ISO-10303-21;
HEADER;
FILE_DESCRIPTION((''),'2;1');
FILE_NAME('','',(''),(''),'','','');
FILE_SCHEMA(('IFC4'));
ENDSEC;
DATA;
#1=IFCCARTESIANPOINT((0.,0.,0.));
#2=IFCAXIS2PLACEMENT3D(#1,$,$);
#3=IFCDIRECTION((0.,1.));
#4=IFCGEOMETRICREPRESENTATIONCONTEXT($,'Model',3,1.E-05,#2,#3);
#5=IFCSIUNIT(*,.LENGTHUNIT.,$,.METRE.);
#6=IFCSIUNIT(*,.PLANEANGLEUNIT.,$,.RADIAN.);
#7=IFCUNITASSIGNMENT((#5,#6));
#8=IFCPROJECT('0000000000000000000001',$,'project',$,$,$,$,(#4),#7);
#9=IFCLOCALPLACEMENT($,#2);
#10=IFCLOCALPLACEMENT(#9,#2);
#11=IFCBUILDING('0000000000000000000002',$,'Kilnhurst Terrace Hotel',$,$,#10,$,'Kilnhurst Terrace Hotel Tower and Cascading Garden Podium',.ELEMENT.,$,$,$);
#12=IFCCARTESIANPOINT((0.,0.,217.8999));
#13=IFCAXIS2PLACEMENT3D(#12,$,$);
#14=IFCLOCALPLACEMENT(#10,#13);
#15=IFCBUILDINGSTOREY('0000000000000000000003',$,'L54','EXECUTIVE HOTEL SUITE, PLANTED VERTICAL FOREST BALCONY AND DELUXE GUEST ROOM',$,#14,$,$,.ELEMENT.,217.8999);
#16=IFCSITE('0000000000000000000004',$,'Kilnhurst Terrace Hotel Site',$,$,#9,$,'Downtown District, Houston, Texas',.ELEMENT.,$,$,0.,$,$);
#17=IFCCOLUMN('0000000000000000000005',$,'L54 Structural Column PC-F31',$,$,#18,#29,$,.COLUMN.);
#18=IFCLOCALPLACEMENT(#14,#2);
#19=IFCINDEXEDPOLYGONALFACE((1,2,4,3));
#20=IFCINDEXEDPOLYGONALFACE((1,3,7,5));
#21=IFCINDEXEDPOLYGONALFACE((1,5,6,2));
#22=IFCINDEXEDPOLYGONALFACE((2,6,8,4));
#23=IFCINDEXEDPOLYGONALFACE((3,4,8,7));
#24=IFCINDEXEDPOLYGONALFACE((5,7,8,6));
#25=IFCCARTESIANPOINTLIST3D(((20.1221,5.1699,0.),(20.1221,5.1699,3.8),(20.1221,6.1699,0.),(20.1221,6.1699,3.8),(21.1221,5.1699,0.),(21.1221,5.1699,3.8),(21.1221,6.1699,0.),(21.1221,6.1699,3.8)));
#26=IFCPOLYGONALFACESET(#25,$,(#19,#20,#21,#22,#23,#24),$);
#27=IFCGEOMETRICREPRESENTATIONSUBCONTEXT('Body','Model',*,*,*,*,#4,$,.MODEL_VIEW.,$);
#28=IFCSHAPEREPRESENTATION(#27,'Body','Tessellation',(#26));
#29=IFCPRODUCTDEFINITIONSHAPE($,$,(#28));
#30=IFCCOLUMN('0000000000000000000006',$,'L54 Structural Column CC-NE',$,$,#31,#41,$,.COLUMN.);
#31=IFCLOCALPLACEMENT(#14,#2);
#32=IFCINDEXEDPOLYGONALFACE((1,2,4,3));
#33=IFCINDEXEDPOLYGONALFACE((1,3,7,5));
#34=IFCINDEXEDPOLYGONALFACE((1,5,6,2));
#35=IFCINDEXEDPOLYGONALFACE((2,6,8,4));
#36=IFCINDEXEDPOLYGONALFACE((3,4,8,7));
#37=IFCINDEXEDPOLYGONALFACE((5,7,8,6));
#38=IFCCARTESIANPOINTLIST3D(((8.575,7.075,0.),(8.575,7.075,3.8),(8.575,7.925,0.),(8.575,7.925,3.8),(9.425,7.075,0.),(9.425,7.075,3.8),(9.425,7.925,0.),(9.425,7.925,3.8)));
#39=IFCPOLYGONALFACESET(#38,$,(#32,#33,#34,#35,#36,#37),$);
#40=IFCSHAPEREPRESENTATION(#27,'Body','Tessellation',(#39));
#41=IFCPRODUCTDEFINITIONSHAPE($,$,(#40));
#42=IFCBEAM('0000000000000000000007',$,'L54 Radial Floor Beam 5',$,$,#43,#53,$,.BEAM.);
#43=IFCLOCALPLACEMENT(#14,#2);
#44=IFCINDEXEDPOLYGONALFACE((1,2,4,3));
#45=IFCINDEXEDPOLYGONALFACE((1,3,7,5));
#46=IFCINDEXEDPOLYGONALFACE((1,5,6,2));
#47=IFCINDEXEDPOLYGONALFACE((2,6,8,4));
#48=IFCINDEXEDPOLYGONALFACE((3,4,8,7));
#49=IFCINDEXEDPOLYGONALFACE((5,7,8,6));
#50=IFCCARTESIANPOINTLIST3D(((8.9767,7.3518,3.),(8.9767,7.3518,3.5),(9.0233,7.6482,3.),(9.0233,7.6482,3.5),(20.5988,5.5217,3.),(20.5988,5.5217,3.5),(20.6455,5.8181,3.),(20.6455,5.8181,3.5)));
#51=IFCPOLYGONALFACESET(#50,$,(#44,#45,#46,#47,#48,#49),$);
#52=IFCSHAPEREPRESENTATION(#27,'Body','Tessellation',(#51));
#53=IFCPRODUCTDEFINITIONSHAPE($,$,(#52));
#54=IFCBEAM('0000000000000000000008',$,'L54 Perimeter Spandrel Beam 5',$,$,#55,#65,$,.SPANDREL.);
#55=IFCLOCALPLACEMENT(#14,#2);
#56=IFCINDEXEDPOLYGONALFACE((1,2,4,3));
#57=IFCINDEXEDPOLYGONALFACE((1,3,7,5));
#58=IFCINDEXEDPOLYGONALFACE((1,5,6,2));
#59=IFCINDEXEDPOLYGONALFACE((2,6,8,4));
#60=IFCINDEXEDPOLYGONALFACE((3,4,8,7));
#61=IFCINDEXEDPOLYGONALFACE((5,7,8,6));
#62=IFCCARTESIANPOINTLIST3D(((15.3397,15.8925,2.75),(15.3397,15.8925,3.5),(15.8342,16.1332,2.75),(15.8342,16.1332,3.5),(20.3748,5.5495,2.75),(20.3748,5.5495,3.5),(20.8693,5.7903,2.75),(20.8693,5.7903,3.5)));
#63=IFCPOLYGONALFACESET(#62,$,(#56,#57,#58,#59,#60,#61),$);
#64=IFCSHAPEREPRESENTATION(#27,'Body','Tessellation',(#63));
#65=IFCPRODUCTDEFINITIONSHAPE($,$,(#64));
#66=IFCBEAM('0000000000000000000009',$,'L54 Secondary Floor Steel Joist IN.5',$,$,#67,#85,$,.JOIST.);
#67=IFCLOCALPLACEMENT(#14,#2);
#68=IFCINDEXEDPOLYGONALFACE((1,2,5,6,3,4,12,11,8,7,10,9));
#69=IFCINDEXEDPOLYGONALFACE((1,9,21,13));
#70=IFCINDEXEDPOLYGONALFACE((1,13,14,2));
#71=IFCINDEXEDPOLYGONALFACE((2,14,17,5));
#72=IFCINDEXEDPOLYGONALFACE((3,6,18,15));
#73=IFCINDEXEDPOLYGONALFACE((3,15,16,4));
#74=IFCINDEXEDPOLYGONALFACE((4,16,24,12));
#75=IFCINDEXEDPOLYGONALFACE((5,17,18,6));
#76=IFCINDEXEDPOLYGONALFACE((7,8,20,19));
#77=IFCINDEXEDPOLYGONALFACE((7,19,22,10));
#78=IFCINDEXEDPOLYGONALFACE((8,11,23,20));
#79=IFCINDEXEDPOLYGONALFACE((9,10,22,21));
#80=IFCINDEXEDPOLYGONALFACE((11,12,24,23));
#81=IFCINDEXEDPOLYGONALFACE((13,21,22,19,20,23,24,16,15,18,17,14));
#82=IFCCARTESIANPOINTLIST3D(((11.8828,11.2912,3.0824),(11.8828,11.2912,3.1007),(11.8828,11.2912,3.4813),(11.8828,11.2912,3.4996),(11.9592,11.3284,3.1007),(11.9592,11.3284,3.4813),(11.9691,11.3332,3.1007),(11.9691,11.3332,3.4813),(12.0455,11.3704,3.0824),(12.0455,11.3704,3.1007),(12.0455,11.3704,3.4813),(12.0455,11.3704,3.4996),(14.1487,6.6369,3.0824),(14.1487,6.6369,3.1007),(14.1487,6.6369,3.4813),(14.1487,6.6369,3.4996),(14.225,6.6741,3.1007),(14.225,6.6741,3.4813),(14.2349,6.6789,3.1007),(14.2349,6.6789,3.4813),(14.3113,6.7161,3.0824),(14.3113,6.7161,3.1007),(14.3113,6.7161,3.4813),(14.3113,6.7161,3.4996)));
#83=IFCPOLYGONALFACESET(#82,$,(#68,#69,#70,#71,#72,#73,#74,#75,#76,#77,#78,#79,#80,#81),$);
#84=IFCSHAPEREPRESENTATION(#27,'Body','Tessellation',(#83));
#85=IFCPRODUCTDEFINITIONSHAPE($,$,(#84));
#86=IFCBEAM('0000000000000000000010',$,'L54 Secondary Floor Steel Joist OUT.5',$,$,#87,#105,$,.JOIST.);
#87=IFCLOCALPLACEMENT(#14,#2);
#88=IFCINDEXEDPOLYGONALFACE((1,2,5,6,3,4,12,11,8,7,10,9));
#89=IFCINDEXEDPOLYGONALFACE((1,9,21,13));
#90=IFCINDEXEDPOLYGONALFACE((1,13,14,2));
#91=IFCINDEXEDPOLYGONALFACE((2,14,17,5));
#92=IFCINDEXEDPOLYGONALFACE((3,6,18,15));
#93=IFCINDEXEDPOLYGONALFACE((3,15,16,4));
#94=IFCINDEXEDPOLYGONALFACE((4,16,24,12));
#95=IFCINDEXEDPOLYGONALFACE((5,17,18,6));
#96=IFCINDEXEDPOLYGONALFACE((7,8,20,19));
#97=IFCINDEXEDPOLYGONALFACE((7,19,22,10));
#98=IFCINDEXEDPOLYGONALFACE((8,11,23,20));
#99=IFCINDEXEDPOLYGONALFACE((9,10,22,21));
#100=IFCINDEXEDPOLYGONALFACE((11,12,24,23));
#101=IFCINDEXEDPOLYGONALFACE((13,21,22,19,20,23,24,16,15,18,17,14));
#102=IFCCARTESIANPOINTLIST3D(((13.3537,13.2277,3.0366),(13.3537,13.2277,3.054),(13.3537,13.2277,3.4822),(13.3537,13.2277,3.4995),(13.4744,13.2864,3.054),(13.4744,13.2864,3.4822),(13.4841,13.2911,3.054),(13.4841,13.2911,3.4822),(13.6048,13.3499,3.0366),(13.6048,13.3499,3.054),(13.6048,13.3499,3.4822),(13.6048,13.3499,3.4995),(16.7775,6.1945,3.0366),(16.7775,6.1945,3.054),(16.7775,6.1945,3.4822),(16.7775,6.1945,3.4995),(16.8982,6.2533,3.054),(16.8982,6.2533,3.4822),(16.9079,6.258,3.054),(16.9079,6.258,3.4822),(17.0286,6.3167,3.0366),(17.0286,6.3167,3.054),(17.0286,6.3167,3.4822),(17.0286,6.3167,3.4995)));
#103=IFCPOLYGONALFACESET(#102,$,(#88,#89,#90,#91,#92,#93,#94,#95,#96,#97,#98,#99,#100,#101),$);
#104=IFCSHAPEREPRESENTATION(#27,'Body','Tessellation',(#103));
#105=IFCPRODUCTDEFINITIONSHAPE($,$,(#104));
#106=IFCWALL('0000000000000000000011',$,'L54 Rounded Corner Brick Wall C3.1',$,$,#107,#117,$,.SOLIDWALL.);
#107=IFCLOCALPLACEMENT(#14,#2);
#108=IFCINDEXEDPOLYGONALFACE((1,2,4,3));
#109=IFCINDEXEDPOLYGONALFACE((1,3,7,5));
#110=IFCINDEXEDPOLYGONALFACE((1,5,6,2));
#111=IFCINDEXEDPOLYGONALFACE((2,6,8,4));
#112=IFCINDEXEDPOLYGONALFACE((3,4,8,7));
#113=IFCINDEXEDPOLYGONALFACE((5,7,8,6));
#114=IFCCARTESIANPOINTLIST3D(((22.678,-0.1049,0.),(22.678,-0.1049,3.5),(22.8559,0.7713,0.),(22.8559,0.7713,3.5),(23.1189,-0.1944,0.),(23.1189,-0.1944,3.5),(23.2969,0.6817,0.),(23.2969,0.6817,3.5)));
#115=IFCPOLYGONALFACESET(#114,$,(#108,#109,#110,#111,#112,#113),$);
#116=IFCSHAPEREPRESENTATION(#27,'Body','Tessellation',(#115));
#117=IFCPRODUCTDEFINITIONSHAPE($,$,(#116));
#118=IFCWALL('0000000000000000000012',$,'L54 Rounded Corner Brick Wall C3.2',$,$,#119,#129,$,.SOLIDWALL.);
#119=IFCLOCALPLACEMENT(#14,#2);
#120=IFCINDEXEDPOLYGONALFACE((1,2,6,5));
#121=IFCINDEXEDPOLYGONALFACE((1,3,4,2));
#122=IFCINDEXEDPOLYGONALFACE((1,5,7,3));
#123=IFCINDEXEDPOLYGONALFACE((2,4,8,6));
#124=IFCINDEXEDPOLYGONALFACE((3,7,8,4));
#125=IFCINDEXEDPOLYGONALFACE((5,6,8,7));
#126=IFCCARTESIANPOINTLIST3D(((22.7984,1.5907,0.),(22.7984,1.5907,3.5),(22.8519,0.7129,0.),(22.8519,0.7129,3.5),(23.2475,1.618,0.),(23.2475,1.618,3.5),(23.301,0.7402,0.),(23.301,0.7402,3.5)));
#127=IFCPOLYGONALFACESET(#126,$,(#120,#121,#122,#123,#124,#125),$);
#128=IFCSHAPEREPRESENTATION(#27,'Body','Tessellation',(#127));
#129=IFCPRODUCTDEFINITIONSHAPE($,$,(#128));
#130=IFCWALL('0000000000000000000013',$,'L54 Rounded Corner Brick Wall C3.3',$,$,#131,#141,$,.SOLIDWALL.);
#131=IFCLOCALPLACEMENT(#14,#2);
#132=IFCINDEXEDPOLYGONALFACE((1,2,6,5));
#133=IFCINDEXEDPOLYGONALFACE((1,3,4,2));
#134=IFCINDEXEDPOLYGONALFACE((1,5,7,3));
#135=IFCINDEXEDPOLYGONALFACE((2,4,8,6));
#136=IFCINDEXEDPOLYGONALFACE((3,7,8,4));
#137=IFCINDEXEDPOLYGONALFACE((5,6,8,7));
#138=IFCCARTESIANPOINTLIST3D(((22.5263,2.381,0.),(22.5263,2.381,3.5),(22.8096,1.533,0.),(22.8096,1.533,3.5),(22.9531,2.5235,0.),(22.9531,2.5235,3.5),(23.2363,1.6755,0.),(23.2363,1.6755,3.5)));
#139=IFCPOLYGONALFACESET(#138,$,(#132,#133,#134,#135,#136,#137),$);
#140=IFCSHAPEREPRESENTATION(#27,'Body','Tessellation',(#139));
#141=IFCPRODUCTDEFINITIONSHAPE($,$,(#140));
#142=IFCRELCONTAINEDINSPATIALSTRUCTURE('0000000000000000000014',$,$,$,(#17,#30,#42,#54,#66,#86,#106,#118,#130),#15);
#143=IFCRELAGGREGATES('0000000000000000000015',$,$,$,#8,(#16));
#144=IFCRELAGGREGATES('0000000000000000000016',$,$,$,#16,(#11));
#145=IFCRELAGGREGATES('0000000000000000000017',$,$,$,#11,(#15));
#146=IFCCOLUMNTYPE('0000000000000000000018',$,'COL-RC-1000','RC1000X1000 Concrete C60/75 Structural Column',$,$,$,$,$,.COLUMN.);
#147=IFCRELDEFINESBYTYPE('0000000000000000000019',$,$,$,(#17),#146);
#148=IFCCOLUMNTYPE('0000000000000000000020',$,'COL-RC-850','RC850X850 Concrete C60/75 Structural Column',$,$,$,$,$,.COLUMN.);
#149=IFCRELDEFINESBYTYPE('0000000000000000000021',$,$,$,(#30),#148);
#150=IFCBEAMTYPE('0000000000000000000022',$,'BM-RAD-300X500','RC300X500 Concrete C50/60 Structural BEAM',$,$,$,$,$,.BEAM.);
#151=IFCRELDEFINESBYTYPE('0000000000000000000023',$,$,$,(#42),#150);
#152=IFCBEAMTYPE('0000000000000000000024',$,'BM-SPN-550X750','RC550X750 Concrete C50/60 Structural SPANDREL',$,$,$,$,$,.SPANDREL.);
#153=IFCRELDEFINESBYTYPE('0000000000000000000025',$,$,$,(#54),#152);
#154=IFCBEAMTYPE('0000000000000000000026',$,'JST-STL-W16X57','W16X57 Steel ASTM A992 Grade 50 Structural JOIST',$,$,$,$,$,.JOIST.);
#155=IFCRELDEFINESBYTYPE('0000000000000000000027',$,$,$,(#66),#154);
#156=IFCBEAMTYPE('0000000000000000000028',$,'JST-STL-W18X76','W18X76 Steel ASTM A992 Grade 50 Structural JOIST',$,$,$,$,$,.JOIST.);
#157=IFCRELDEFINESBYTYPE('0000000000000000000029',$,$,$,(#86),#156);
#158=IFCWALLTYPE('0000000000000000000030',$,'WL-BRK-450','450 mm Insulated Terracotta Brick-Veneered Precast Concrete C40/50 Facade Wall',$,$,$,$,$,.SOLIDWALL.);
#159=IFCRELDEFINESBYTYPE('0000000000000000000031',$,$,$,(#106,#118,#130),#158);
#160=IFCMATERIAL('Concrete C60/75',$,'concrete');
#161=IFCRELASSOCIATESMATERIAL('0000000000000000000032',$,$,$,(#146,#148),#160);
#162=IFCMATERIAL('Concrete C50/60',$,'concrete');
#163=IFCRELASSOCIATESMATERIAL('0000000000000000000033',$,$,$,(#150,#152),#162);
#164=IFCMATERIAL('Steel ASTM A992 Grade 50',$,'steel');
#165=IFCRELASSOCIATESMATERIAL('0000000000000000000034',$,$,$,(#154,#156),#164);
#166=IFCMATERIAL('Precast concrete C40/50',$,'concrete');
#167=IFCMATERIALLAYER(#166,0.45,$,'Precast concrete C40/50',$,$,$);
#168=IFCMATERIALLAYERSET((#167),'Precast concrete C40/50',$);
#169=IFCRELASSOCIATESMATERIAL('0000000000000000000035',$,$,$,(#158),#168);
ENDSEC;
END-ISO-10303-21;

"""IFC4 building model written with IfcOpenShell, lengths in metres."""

from ifc_helpers import new_model, si_unit, direction, frame, frame_2d, origin, origin_2d, place, context, subcontext, project, spatial, rectangle, i_section, extrude, material, layer, layer_set, material_profile, profile_set, type_object, element, save


model = new_model("IFC4")

# Units and contexts
model_context = context("Model", 3, precision=1e-05, world=origin(), true_north=direction((0.0, 1.0)))
body_context = subcontext(model_context, "Body", "Model", "MODEL_VIEW")
ifc_project = project(units=[si_unit("LENGTHUNIT", "METRE"), si_unit("PLANEANGLEUNIT", "RADIAN")], contexts=[model_context])

# Site, building, storey
site_placement = place(None, origin())
site = spatial("IfcSite", under=ifc_project, at=site_placement, Name="Kilnhurst Terrace Hotel Site", LongName="Downtown District, Houston, Texas", CompositionType="ELEMENT", RefElevation=0.0)
building_placement = place(site_placement, origin())
building = spatial("IfcBuilding", under=site, at=building_placement, Name="Kilnhurst Terrace Hotel", LongName="Kilnhurst Terrace Hotel Tower and Cascading Garden Podium", CompositionType="ELEMENT")
storey_placement = place(building_placement, frame((0.0, 0.0, 217.8999)))
storey = spatial("IfcBuildingStorey", under=building, at=storey_placement, Name="L54", Description="EXECUTIVE HOTEL SUITE, PLANTED VERTICAL FOREST BALCONY AND DELUXE GUEST ROOM", CompositionType="ELEMENT", Elevation=217.8999)

# Columns
ifc_material_1 = material(Name="Concrete C60/75", Category="concrete")
ifc_material_profile_1 = material_profile(ifc_material_1, rectangle(XDim=1.0, YDim=1.0, at=origin_2d()), Name="RC1000X1000")
ifc_profile_set_1 = profile_set([ifc_material_profile_1], Name="Concrete C60/75")
column_type_1 = type_object("IfcColumnType", Name="COL-RC-1000", Description="RC1000X1000 Concrete C60/75 Structural Column", PredefinedType="COLUMN", material=ifc_profile_set_1)
column_1_placement = place(storey_placement, frame((20.6221, 5.6699, 0.0), z_axis=(0.0, 0.0, 1.0), x_axis=(1.0, 0.0, 0.0)))
element("IfcColumn", 1, at=column_1_placement, inside=storey, type_object=column_type_1, Name="L54 Structural Column PC-F31", PredefinedType="COLUMN", context=body_context, shape_type="SweptSolid", body=[
    extrude(rectangle(XDim=1.0, YDim=1.0, at=origin_2d()), origin(), (0.0, 0.0, 1.0), 3.8),
])
ifc_material_profile_2 = material_profile(ifc_material_1, rectangle(XDim=0.8501, YDim=0.8501, at=origin_2d()), Name="RC850X850")
ifc_profile_set_2 = profile_set([ifc_material_profile_2], Name="Concrete C60/75")
column_type_2 = type_object("IfcColumnType", Name="COL-RC-850", Description="RC850X850 Concrete C60/75 Structural Column", PredefinedType="COLUMN", material=ifc_profile_set_2)
column_2_placement = place(storey_placement, frame((9.0, 7.5, 0.0), z_axis=(0.0, 0.0, 1.0), x_axis=(1.0, 0.0, 0.0)))
element("IfcColumn", 2, at=column_2_placement, inside=storey, type_object=column_type_2, Name="L54 Structural Column CC-NE", PredefinedType="COLUMN", context=body_context, shape_type="SweptSolid", body=[
    extrude(rectangle(XDim=0.8501, YDim=0.8501, at=origin_2d()), origin(), (0.0, 0.0, 1.0), 3.8),
])

# Beams
ifc_material_2 = material(Name="Concrete C50/60", Category="concrete")
ifc_material_profile_3 = material_profile(ifc_material_2, rectangle(XDim=0.3, YDim=0.5, at=origin_2d()), Name="RC300X500")
ifc_profile_set_3 = profile_set([ifc_material_profile_3], Name="Concrete C50/60")
beam_type_1 = type_object("IfcBeamType", Name="BM-RAD-300X500", Description="RC300X500 Concrete C50/60 Structural BEAM", PredefinedType="BEAM", material=ifc_profile_set_3)
beam_1_placement = place(storey_placement, frame((9.0, 7.5, 3.25), z_axis=(0.987828, -0.155549, 0.0), x_axis=(0.155549, 0.987828, 0.0)))
element("IfcBeam", 3, at=beam_1_placement, inside=storey, type_object=beam_type_1, Name="L54 Radial Floor Beam 5", PredefinedType="BEAM", context=body_context, shape_type="SweptSolid", body=[
    extrude(rectangle(XDim=0.3, YDim=0.5, at=origin_2d()), origin(), (0.0, 0.0, 1.0), 11.7654),
])
ifc_material_profile_4 = material_profile(ifc_material_2, rectangle(XDim=0.55, YDim=0.75, at=origin_2d()), Name="RC550X750")
ifc_profile_set_4 = profile_set([ifc_material_profile_4], Name="Concrete C50/60")
beam_type_2 = type_object("IfcBeamType", Name="BM-SPN-550X750", Description="RC550X750 Concrete C50/60 Structural SPANDREL", PredefinedType="SPANDREL", material=ifc_profile_set_4)
beam_2_placement = place(storey_placement, frame((20.6221, 5.6699, 3.125), z_axis=(-0.437706, 0.899118, 0.0), x_axis=(-0.899118, -0.437706, 0.0)))
element("IfcBeam", 4, at=beam_2_placement, inside=storey, type_object=beam_type_2, Name="L54 Perimeter Spandrel Beam 5", PredefinedType="SPANDREL", context=body_context, shape_type="SweptSolid", body=[
    extrude(rectangle(XDim=0.55, YDim=0.75, at=origin_2d()), origin(), (0.0, 0.0, 1.0), 11.5034),
])
ifc_material_3 = material(Name="Steel ASTM A992 Grade 50", Category="steel")
ifc_material_profile_5 = material_profile(ifc_material_3, i_section(OverallWidth=0.1809, OverallDepth=0.4172, WebThickness=0.011, FlangeThickness=0.0183, at=origin_2d()), Name="W16X57")
ifc_profile_set_5 = profile_set([ifc_material_profile_5], Name="Steel ASTM A992 Grade 50")
beam_type_3 = type_object("IfcBeamType", Name="JST-STL-W16X57", Description="W16X57 Steel ASTM A992 Grade 50 Structural JOIST", PredefinedType="JOIST", material=ifc_profile_set_5)
beam_3_placement = place(storey_placement, frame((14.23, 6.6765, 3.291), z_axis=(-0.437718, 0.899112, 0.0), x_axis=(-0.899112, -0.437718, 0.0)))
element("IfcBeam", 5, at=beam_3_placement, inside=storey, type_object=beam_type_3, Name="L54 Secondary Floor Steel Joist IN.5", PredefinedType="JOIST", context=body_context, shape_type="SweptSolid", body=[
    extrude(i_section(OverallWidth=0.1809, OverallDepth=0.4172, WebThickness=0.011, FlangeThickness=0.0183, at=origin_2d()), origin(), (0.0, 0.0, 1.0), 5.1765),
])
ifc_material_profile_6 = material_profile(ifc_material_3, i_section(OverallWidth=0.2793, OverallDepth=0.4629, WebThickness=0.0107, FlangeThickness=0.0173, at=origin_2d()), Name="W18X76")
ifc_profile_set_6 = profile_set([ifc_material_profile_6], Name="Steel ASTM A992 Grade 50")
beam_type_4 = type_object("IfcBeamType", Name="JST-STL-W18X76", Description="W18X76 Steel ASTM A992 Grade 50 Structural JOIST", PredefinedType="JOIST", material=ifc_profile_set_6)
beam_4_placement = place(storey_placement, frame((16.9031, 6.2556, 3.2681), z_axis=(-0.4377, 0.899121, 0.0), x_axis=(-0.899121, -0.4377, 0.0)))
element("IfcBeam", 6, at=beam_4_placement, inside=storey, type_object=beam_type_4, Name="L54 Secondary Floor Steel Joist OUT.5", PredefinedType="JOIST", context=body_context, shape_type="SweptSolid", body=[
    extrude(i_section(OverallWidth=0.2793, OverallDepth=0.4629, WebThickness=0.0107, FlangeThickness=0.0173, at=origin_2d()), origin(), (0.0, 0.0, 1.0), 7.8223),
])

# Walls
ifc_material_4 = material(Name="Precast concrete C40/50", Category="concrete")
ifc_layer_1 = layer(ifc_material_4, 0.45, Name="Precast concrete C40/50")
ifc_layer_set_1 = layer_set([ifc_layer_1], Name="Precast concrete C40/50")
wall_type_1 = type_object("IfcWallType", Name="WL-BRK-450", Description="450 mm Insulated Terracotta Brick-Veneered Precast Concrete C40/50 Facade Wall", PredefinedType="SOLIDWALL", material=ifc_layer_set_1)
wall_1_placement = place(storey_placement, frame((22.8984, -0.1497, 0.0), z_axis=(0.0, 0.0, 1.0), x_axis=(0.199056, 0.979988, 0.0)))
element("IfcWall", 7, at=wall_1_placement, inside=storey, type_object=wall_type_1, Name="L54 Rounded Corner Brick Wall C3.1", PredefinedType="SOLIDWALL", context=body_context, shape_type="SweptSolid", body=[
    extrude(rectangle(XDim=0.894, YDim=0.45, at=frame_2d((0.447, 0.0))), origin(), (0.0, 0.0, 1.0), 3.5),
])
wall_2_placement = place(storey_placement, frame((23.0764, 0.7266, 0.0), z_axis=(0.0, 0.0, 1.0), x_axis=(-0.060805, 0.99815, 0.0)))
element("IfcWall", 8, at=wall_2_placement, inside=storey, type_object=wall_type_1, Name="L54 Rounded Corner Brick Wall C3.2", PredefinedType="SOLIDWALL", context=body_context, shape_type="SweptSolid", body=[
    extrude(rectangle(XDim=0.8794, YDim=0.45, at=frame_2d((0.4397, 0.0))), origin(), (0.0, 0.0, 1.0), 3.5),
])
wall_3_placement = place(storey_placement, frame((23.0229, 1.6042, 0.0), z_axis=(0.0, 0.0, 1.0), x_axis=(-0.316801, 0.948492, 0.0)))
element("IfcWall", 9, at=wall_3_placement, inside=storey, type_object=wall_type_1, Name="L54 Rounded Corner Brick Wall C3.3", PredefinedType="SOLIDWALL", context=body_context, shape_type="SweptSolid", body=[
    extrude(rectangle(XDim=0.894, YDim=0.45, at=frame_2d((0.447, 0.0))), origin(), (0.0, 0.0, 1.0), 3.5),
])

save(model, "model.ifc")
